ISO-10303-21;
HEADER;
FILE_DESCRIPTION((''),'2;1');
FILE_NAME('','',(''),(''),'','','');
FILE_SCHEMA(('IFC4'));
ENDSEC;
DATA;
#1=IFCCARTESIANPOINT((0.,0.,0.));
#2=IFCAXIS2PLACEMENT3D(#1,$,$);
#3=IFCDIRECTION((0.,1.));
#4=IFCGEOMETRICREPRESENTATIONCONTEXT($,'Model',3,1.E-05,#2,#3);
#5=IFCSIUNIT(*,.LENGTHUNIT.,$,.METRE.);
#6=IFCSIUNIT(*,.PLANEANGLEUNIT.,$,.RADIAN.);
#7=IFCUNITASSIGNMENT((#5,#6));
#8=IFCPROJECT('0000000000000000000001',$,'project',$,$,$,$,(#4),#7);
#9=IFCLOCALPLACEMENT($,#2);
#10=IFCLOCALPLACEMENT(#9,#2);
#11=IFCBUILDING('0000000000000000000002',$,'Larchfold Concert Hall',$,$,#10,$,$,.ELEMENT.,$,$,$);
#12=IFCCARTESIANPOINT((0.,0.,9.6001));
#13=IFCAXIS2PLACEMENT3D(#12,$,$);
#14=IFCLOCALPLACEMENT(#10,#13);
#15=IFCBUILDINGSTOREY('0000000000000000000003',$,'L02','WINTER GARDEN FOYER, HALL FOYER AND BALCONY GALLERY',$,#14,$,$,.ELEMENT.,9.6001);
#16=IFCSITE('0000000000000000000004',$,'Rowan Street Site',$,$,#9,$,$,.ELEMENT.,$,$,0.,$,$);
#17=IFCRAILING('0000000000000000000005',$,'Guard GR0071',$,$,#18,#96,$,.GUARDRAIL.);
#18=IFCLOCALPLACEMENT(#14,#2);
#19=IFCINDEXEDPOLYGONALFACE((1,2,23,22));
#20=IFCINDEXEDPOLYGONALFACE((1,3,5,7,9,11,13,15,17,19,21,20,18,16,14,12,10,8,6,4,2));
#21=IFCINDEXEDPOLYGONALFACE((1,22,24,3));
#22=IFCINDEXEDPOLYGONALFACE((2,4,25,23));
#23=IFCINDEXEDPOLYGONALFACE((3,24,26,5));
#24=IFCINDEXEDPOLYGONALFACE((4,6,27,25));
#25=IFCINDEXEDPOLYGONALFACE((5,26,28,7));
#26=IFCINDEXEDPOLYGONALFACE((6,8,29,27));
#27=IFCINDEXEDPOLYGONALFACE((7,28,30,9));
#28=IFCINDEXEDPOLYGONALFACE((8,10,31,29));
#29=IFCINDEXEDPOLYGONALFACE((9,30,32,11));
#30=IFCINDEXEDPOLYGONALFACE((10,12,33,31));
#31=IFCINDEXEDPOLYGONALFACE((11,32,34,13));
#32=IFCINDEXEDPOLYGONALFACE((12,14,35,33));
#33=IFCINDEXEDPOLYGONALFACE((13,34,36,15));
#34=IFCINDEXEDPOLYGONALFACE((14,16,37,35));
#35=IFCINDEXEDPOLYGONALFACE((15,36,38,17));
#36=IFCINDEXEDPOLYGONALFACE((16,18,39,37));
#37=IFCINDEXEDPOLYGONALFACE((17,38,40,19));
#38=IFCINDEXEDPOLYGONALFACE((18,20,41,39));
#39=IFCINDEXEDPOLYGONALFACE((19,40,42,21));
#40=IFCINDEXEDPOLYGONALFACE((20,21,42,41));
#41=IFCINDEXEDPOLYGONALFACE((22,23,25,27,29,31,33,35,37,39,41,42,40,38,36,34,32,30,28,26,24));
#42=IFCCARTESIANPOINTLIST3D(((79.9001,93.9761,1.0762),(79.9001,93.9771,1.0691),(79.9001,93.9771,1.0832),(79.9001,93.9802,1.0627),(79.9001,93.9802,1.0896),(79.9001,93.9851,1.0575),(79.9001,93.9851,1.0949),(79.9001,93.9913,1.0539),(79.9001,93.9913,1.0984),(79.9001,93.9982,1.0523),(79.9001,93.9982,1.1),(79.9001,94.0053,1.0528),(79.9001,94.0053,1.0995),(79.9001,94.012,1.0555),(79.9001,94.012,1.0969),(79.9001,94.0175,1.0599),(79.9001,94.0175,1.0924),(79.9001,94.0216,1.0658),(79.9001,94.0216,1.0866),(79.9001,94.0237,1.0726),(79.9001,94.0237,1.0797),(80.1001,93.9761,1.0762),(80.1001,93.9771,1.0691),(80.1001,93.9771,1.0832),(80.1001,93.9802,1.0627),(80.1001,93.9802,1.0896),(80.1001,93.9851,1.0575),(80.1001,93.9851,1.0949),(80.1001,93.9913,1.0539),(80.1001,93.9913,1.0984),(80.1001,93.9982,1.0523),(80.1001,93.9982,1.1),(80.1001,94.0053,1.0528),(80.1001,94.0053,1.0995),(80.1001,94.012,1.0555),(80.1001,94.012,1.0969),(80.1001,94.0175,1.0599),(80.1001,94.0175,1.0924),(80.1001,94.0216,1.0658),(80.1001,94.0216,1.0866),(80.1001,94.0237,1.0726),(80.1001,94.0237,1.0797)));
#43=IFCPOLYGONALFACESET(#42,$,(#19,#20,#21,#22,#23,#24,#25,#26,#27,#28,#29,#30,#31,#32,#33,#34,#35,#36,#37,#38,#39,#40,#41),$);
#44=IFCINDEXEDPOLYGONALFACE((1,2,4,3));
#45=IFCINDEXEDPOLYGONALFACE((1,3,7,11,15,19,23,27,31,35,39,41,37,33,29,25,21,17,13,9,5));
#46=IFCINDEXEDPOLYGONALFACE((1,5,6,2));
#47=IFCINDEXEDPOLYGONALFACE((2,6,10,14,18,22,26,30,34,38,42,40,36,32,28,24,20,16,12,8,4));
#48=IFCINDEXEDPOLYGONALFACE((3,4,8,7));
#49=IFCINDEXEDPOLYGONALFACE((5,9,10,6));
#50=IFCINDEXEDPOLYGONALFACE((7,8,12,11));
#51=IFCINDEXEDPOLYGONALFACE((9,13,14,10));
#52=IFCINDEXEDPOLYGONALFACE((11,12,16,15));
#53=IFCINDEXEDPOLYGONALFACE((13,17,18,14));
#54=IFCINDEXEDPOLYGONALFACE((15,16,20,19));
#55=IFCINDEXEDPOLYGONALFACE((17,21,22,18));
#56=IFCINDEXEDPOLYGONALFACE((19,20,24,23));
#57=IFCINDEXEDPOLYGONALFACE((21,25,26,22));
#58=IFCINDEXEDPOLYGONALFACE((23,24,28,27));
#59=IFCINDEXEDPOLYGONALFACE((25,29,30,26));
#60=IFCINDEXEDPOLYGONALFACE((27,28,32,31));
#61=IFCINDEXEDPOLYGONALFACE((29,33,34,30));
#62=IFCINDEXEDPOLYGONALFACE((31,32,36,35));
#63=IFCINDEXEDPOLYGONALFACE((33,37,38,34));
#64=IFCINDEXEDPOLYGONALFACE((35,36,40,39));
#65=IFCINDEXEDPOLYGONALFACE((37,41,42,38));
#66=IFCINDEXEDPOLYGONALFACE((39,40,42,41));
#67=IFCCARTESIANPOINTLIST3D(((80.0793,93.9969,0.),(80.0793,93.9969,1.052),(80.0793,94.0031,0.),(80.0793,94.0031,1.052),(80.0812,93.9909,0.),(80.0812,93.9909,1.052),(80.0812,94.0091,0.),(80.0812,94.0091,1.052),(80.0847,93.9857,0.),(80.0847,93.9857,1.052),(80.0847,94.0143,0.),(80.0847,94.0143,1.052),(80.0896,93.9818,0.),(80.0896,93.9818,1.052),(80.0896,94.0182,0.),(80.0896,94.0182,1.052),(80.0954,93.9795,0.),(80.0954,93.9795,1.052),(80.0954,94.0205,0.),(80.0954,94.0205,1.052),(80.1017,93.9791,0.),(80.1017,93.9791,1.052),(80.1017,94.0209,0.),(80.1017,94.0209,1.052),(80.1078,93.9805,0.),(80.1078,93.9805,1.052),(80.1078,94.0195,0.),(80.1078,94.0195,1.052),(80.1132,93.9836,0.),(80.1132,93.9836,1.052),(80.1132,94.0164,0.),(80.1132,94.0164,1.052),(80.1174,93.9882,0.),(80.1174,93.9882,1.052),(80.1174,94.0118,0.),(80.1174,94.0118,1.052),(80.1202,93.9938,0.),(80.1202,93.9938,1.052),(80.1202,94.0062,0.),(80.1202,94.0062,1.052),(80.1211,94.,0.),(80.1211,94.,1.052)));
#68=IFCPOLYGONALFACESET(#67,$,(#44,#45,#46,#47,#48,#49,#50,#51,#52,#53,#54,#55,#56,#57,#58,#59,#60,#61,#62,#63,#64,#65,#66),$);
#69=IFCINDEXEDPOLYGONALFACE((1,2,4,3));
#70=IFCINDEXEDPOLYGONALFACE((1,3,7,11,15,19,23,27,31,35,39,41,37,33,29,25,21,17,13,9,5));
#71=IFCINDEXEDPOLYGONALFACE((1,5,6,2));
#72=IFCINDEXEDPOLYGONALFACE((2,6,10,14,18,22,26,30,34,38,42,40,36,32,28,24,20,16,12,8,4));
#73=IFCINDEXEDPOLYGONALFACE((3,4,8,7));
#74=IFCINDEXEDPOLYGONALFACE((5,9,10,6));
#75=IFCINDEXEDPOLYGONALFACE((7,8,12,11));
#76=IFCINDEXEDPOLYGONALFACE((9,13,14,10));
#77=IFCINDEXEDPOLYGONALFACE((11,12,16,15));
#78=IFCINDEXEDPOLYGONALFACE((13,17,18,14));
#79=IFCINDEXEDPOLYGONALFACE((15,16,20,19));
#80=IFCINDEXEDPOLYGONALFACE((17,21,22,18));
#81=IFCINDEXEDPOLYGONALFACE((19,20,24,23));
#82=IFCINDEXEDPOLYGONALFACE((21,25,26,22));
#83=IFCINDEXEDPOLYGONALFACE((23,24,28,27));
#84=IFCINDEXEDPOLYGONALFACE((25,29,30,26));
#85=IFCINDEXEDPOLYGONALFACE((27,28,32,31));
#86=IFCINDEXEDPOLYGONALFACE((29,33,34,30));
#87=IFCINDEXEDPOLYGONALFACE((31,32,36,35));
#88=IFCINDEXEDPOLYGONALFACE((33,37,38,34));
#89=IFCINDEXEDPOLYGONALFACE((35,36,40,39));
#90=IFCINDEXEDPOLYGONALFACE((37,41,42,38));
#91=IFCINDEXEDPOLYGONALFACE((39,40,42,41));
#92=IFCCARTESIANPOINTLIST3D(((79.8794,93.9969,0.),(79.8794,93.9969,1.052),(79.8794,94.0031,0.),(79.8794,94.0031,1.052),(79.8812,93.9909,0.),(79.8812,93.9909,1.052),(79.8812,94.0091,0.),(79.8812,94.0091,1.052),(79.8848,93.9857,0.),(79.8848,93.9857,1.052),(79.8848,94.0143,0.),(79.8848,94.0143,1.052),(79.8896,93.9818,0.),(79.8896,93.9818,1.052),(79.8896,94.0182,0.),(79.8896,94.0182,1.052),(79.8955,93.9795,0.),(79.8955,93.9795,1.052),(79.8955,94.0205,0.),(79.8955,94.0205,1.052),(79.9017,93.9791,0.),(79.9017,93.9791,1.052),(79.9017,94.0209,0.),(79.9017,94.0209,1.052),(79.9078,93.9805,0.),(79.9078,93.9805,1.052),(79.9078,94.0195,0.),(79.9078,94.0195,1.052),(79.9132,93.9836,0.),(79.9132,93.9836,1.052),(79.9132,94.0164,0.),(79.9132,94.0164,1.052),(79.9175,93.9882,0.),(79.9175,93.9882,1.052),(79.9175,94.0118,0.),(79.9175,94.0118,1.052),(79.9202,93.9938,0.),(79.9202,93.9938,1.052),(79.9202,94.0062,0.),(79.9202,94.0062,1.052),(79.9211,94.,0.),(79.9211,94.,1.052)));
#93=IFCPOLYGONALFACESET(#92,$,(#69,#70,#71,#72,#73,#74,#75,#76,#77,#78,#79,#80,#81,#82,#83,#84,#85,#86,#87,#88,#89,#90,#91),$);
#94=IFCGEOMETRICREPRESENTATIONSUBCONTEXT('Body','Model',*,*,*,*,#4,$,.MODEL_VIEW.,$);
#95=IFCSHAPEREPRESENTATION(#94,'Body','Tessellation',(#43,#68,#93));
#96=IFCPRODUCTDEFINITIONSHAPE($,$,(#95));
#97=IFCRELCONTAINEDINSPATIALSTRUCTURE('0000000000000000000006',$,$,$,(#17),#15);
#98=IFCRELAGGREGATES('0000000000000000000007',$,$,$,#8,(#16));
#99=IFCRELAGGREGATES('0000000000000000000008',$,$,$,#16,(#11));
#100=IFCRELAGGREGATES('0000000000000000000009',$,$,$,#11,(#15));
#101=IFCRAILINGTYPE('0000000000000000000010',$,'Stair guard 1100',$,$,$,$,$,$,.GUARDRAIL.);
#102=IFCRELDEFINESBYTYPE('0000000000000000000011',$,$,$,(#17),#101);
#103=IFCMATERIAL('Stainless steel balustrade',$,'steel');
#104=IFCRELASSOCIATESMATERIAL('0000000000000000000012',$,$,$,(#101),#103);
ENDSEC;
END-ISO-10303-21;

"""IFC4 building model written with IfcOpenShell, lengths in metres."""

from ifc_helpers import new_model, si_unit, direction, frame, origin, origin_2d, place, context, subcontext, project, spatial, circle, extrude, material, type_object, element, save


model = new_model("IFC4")

# Units and contexts
model_context = context("Model", 3, precision=1e-05, world=origin(), true_north=direction((0.0, 1.0)))
body_context = subcontext(model_context, "Body", "Model", "MODEL_VIEW")
ifc_project = project(units=[si_unit("LENGTHUNIT", "METRE"), si_unit("PLANEANGLEUNIT", "RADIAN")], contexts=[model_context])

# Site, building, storey
site_placement = place(None, origin())
site = spatial("IfcSite", under=ifc_project, at=site_placement, Name="Rowan Street Site", CompositionType="ELEMENT", RefElevation=0.0)
building_placement = place(site_placement, origin())
building = spatial("IfcBuilding", under=site, at=building_placement, Name="Larchfold Concert Hall", CompositionType="ELEMENT")
storey_placement = place(building_placement, frame((0.0, 0.0, 9.6001)))
storey = spatial("IfcBuildingStorey", under=building, at=storey_placement, Name="L02", Description="WINTER GARDEN FOYER, HALL FOYER AND BALCONY GALLERY", CompositionType="ELEMENT", Elevation=9.6001)

# Railing
ifc_material_1 = material(Name="Stainless steel balustrade", Category="steel")
railing_type_1 = type_object("IfcRailingType", Name="Stair guard 1100", PredefinedType="GUARDRAIL", material=ifc_material_1)
railing_1_placement = place(storey_placement, frame((80.1001, 94.0, 0.0)))
element("IfcRailing", 1, at=railing_1_placement, inside=storey, type_object=railing_type_1, Name="Guard GR0071", PredefinedType="GUARDRAIL", context=body_context, shape_type="SweptSolid", body=[
    extrude(circle(Radius=0.0239, at=origin_2d()), frame((0.0, 0.0, 1.0762), z_axis=(-1.0, 0.0, 0.0), x_axis=(0.0, -1.0, 0.0)), (0.0, 0.0, 1.0), 0.2),
    extrude(circle(Radius=0.021, at=origin_2d()), origin(), (0.0, 0.0, 1.0), 1.052),
    extrude(circle(Radius=0.021, at=origin_2d()), frame((-0.2, 0.0, 0.0)), (0.0, 0.0, 1.0), 1.052),
])

save(model, "model.ifc")
